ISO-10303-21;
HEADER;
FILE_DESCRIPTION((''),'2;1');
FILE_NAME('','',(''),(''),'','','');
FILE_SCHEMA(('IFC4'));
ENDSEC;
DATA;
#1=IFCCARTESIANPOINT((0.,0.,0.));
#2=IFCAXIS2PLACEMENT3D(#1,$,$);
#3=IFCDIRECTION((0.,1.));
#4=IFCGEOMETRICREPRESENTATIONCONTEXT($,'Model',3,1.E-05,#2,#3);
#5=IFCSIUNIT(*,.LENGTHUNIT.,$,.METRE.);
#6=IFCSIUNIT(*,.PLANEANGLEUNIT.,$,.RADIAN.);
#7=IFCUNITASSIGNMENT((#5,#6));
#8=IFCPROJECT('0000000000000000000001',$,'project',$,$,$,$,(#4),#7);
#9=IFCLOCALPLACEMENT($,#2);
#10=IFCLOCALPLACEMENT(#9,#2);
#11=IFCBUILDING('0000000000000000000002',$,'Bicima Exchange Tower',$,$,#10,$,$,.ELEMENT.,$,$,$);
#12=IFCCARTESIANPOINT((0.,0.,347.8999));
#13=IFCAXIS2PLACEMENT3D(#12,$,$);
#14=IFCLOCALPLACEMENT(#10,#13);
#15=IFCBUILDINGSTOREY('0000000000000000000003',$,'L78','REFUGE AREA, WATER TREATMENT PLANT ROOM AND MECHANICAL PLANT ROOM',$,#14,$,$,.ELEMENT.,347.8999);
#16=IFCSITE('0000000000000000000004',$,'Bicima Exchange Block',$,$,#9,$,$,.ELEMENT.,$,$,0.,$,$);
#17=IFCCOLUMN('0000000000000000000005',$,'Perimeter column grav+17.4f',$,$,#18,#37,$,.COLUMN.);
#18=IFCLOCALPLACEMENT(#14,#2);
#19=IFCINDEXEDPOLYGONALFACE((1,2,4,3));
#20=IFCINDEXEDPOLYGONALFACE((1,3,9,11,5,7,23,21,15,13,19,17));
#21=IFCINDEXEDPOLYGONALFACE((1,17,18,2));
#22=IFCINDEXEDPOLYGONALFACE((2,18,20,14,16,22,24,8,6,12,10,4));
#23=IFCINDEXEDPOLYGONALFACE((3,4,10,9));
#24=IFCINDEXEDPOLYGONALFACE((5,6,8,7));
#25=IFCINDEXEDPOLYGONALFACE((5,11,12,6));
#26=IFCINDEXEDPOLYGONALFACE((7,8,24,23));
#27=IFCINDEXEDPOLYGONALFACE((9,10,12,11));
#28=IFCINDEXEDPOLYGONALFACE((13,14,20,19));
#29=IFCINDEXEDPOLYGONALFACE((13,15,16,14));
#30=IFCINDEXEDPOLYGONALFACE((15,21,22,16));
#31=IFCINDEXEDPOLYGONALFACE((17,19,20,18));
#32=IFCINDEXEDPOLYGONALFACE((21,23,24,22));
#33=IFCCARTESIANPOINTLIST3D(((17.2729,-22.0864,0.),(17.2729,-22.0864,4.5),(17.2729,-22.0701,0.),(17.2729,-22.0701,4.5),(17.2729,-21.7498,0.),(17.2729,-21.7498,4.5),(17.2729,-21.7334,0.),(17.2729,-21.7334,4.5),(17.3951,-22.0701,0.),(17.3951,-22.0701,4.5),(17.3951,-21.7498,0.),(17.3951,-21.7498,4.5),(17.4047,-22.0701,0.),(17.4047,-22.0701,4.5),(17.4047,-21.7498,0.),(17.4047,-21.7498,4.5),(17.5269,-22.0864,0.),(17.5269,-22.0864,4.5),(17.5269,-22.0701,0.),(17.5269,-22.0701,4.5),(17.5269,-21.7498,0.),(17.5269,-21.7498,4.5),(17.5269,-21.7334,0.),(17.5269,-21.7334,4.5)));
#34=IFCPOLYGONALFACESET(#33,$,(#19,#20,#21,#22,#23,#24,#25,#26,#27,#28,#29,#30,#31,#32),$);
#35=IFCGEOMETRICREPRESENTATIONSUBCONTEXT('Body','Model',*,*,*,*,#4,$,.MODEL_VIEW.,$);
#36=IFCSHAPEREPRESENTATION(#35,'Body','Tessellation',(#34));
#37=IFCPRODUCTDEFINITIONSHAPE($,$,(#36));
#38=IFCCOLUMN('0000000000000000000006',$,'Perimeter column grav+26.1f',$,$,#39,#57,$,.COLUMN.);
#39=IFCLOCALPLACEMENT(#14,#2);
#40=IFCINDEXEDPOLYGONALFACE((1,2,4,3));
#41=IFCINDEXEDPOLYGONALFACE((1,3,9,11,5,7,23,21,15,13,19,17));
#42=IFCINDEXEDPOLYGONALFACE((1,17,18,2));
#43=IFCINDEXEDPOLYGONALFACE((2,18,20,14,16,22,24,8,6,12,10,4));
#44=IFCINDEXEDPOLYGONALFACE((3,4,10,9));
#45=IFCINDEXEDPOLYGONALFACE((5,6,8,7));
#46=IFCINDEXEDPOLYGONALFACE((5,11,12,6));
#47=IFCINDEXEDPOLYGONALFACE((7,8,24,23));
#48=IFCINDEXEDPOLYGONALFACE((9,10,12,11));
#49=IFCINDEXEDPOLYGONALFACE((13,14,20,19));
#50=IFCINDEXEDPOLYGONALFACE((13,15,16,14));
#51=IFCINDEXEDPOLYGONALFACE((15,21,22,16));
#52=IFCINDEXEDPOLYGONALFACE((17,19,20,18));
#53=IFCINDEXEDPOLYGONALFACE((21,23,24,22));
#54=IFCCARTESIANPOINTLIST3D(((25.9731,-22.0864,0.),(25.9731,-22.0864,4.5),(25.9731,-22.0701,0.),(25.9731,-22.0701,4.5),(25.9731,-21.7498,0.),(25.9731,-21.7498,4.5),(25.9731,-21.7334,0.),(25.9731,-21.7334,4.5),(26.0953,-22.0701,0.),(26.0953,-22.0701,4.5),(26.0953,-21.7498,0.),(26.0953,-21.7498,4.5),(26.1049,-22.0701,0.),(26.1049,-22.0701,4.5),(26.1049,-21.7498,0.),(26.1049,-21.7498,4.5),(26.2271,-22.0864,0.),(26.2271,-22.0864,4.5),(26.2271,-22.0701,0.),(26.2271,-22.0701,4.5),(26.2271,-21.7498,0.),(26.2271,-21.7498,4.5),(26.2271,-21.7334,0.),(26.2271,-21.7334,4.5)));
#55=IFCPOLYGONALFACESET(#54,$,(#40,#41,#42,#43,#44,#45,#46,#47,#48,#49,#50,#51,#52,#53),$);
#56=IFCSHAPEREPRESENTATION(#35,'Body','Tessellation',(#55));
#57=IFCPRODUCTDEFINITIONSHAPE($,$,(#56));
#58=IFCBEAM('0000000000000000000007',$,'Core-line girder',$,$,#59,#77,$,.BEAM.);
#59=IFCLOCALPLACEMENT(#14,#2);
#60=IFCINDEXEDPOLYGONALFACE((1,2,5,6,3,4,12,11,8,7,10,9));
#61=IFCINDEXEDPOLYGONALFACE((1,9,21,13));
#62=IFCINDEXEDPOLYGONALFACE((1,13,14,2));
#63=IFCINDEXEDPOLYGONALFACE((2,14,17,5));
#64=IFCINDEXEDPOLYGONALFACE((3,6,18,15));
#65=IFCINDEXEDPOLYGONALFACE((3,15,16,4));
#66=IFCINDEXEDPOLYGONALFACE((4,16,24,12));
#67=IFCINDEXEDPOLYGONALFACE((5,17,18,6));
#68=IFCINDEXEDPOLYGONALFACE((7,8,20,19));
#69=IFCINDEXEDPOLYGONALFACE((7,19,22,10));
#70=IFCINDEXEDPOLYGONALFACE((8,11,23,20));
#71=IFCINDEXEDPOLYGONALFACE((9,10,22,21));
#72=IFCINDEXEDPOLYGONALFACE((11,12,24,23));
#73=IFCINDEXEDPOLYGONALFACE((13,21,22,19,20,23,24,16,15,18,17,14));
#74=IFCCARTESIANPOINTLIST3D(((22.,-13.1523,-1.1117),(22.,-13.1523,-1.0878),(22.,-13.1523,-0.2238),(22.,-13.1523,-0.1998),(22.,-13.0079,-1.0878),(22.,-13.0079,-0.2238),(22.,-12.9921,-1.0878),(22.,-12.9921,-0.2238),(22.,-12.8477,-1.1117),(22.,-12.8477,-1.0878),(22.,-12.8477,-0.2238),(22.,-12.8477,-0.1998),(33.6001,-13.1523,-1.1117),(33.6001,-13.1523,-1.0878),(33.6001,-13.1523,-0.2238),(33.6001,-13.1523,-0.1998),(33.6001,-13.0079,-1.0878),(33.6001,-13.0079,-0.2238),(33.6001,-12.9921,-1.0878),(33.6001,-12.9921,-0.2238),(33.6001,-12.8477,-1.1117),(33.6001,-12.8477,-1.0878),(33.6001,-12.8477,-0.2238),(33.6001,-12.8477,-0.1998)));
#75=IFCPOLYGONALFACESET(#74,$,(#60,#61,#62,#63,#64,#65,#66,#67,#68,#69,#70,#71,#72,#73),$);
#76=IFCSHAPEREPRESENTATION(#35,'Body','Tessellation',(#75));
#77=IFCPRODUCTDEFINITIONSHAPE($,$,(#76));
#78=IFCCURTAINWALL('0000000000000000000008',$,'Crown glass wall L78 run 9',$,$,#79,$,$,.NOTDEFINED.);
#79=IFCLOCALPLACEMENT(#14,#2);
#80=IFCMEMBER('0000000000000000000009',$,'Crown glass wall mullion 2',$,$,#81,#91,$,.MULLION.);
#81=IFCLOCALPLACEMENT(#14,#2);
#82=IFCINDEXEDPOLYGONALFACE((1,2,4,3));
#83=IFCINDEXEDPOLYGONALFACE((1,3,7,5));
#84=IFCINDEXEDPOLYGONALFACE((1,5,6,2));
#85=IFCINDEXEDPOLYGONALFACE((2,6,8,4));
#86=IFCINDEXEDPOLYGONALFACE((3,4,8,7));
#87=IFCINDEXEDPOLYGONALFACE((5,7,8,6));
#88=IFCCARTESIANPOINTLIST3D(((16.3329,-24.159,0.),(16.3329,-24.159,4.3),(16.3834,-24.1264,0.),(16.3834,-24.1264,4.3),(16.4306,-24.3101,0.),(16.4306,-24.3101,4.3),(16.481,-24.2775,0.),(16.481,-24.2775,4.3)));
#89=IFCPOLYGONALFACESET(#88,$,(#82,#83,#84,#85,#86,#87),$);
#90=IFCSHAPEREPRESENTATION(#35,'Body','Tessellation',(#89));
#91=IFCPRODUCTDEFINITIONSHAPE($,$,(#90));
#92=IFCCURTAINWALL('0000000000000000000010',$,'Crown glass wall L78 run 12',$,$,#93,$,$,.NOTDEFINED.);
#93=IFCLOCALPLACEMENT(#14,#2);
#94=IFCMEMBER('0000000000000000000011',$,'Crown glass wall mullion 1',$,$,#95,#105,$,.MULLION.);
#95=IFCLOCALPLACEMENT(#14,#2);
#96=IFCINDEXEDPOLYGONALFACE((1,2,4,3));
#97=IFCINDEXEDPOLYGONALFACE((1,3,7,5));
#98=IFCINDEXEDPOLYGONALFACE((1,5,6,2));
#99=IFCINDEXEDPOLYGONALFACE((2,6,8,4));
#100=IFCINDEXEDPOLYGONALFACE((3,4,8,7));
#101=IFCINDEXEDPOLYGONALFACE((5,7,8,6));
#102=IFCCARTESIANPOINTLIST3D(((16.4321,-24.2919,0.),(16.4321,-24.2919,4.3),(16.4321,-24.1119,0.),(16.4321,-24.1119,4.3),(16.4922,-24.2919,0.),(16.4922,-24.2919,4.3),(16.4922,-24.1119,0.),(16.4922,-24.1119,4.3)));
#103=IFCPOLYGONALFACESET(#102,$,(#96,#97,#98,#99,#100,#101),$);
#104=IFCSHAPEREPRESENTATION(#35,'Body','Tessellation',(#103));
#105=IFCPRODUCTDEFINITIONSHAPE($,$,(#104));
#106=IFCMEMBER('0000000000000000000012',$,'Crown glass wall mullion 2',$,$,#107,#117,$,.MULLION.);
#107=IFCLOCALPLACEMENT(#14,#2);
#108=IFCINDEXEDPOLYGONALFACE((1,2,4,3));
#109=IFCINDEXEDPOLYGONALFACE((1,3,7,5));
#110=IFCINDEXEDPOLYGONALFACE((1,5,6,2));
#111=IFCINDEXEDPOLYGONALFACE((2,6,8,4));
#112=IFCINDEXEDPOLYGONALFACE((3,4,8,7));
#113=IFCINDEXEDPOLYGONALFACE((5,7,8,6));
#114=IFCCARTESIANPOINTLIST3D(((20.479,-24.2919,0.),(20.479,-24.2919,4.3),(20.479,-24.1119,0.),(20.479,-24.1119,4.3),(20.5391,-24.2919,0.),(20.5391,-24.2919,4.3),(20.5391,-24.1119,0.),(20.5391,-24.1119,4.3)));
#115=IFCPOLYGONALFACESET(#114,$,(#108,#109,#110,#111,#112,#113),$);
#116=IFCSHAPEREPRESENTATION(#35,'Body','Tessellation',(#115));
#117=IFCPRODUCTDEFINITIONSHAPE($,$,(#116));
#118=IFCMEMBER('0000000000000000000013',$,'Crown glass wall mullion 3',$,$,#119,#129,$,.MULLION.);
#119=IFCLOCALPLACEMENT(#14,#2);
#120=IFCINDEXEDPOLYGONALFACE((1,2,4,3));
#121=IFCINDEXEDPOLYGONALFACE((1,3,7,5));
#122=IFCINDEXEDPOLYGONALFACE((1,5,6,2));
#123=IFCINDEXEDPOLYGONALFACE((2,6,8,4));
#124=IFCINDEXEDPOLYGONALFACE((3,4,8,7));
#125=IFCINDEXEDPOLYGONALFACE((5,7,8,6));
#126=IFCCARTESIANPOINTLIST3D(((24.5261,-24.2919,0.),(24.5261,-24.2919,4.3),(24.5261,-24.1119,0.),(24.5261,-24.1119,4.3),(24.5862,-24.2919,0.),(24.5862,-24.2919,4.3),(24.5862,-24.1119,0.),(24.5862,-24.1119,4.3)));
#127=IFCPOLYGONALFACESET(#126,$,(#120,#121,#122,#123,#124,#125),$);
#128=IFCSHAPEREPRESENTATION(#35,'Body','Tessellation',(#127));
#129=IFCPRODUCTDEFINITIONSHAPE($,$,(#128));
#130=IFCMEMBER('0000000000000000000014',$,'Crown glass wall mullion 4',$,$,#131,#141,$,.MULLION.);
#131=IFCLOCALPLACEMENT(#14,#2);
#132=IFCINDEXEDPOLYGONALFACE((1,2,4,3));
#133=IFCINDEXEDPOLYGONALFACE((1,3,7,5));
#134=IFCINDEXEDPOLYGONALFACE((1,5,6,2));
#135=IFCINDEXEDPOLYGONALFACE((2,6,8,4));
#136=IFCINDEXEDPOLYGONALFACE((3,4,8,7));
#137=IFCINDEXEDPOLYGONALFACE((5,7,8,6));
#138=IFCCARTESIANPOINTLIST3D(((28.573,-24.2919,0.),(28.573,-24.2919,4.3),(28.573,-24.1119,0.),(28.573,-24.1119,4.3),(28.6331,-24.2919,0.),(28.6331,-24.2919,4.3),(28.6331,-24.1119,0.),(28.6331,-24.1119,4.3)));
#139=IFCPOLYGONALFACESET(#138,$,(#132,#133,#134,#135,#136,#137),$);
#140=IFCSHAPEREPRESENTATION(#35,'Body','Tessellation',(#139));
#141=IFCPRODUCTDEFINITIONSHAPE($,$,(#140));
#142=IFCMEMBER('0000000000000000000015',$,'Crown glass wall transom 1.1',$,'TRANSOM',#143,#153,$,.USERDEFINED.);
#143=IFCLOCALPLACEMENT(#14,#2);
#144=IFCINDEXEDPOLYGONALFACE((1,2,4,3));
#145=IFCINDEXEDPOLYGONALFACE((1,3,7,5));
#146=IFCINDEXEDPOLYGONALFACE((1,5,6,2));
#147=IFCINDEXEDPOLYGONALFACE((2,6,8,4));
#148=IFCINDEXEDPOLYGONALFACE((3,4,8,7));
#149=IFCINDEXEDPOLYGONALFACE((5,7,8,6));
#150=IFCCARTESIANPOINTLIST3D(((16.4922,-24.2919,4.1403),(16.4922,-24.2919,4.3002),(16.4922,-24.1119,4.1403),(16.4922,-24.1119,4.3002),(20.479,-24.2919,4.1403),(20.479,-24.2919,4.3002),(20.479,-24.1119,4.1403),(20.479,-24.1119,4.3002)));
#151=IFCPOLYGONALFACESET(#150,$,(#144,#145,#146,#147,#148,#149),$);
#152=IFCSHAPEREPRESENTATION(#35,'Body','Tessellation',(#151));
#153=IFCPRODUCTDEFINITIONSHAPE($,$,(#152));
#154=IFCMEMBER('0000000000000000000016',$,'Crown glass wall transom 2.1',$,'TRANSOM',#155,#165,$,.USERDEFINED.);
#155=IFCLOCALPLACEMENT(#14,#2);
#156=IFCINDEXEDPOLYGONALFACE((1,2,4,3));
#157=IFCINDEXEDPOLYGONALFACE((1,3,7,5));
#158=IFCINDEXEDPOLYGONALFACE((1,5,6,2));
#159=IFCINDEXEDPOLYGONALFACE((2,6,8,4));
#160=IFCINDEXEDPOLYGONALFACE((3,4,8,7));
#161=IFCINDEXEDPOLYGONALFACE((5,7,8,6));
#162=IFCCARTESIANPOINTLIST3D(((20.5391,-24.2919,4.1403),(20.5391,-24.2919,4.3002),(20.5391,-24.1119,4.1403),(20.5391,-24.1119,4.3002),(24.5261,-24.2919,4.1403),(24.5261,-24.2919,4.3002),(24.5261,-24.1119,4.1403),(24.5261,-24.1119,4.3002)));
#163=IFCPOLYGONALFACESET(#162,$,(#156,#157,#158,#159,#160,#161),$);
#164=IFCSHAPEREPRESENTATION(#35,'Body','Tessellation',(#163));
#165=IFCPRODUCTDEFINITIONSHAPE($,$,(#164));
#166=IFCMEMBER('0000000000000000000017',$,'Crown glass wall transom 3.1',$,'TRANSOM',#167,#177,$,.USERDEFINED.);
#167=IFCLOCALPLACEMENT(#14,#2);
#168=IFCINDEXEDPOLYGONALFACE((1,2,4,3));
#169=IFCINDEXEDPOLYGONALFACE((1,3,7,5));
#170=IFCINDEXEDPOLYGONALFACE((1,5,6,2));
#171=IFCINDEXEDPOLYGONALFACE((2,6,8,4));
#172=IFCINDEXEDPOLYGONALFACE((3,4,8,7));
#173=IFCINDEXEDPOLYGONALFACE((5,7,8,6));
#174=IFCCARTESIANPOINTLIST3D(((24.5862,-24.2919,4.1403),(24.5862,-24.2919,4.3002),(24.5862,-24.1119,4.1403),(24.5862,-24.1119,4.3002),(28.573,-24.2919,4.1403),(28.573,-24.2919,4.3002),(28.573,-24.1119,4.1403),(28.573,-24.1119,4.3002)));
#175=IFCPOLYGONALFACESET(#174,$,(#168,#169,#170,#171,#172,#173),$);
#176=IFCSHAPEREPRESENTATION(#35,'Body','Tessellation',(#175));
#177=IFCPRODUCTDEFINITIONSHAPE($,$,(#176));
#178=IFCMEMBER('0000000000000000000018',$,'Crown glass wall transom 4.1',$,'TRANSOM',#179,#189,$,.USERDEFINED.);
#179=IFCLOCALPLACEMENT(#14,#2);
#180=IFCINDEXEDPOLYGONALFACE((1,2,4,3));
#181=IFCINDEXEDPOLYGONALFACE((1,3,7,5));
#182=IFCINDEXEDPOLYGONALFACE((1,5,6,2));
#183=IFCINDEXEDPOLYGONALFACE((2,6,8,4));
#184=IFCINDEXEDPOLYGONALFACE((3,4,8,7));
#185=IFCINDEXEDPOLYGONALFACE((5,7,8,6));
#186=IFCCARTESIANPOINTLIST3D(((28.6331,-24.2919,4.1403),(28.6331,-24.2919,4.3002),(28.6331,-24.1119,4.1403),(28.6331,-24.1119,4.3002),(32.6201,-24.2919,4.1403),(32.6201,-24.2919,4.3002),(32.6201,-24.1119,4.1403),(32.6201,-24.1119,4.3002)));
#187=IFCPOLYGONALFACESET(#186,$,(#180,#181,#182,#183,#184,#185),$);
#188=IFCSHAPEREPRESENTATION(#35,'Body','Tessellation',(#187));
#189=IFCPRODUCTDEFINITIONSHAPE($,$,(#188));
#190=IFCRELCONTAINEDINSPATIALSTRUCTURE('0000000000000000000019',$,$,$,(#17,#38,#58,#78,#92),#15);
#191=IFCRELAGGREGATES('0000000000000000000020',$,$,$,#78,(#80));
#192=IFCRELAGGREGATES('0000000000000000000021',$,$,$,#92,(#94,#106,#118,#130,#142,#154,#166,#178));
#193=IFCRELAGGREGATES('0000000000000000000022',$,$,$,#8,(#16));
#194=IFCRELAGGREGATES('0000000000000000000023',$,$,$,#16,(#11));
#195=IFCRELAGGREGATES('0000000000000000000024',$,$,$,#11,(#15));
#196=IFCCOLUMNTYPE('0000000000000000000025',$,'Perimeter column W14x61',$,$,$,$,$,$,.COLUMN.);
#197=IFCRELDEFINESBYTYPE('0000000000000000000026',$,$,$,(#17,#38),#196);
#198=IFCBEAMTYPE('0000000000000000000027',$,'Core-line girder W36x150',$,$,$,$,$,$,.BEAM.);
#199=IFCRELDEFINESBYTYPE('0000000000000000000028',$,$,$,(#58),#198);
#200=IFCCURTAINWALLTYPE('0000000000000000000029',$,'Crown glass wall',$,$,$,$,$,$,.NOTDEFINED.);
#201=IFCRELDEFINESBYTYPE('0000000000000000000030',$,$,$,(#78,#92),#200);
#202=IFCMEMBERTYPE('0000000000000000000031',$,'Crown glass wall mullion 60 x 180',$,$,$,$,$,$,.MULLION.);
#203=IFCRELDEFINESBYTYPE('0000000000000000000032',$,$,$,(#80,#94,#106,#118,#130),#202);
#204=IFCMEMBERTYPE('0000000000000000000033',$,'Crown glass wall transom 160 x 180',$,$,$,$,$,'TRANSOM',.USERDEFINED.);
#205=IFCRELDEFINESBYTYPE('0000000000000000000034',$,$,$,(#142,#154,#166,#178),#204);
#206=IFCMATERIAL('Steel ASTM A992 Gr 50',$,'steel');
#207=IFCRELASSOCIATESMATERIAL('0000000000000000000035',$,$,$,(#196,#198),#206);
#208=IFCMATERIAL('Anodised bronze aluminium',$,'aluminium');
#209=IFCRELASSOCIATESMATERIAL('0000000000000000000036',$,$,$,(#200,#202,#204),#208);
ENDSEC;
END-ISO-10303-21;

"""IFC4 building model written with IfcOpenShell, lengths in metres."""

from ifc_helpers import new_model, si_unit, direction, frame, origin, origin_2d, place, context, subcontext, project, spatial, rectangle, i_section, extrude, material, material_profile, profile_set, type_object, element, aggregate, save


model = new_model("IFC4")

# Units and contexts
model_context = context("Model", 3, precision=1e-05, world=origin(), true_north=direction((0.0, 1.0)))
body_context = subcontext(model_context, "Body", "Model", "MODEL_VIEW")
ifc_project = project(units=[si_unit("LENGTHUNIT", "METRE"), si_unit("PLANEANGLEUNIT", "RADIAN")], contexts=[model_context])

# Site, building, storey
site_placement = place(None, origin())
site = spatial("IfcSite", under=ifc_project, at=site_placement, Name="Bicima Exchange Block", CompositionType="ELEMENT", RefElevation=0.0)
building_placement = place(site_placement, origin())
building = spatial("IfcBuilding", under=site, at=building_placement, Name="Bicima Exchange Tower", CompositionType="ELEMENT")
storey_placement = place(building_placement, frame((0.0, 0.0, 347.8999)))
storey = spatial("IfcBuildingStorey", under=building, at=storey_placement, Name="L78", Description="REFUGE AREA, WATER TREATMENT PLANT ROOM AND MECHANICAL PLANT ROOM", CompositionType="ELEMENT", Elevation=347.8999)

# Columns
ifc_material_1 = material(Name="Steel ASTM A992 Gr 50", Category="steel")
ifc_material_profile_1 = material_profile(ifc_material_1, i_section(OverallWidth=0.2539, OverallDepth=0.353, WebThickness=0.0095, FlangeThickness=0.0164, at=origin_2d()))
ifc_profile_set_1 = profile_set([ifc_material_profile_1], Name="Steel ASTM A992 Gr 50")
column_type = type_object("IfcColumnType", Name="Perimeter column W14x61", PredefinedType="COLUMN", material=ifc_profile_set_1)
for number, where, z_axis, x_axis, name in (
    (1, (17.3999, -21.9099, 0.0), (0.0, 0.0, 1.0), (1.0, 0.0, 0.0), "Perimeter column grav+17.4f"),
    (2, (26.1001, -21.9099, 0.0), (0.0, 0.0, 1.0), (1.0, 0.0, 0.0), "Perimeter column grav+26.1f"),
):
    element("IfcColumn", number, at=place(storey_placement, frame(where, z_axis=z_axis, x_axis=x_axis)), inside=storey, type_object=column_type, Name=name, PredefinedType="COLUMN", context=body_context, shape_type="SweptSolid", body=[
        extrude(i_section(OverallWidth=0.2539, OverallDepth=0.353, WebThickness=0.0095, FlangeThickness=0.0164, at=origin_2d()), origin(), (0.0, 0.0, 1.0), 4.5),
    ])

# Beam
ifc_material_profile_2 = material_profile(ifc_material_1, i_section(OverallWidth=0.3047, OverallDepth=0.9119, WebThickness=0.0159, FlangeThickness=0.0239, at=origin_2d()))
ifc_profile_set_2 = profile_set([ifc_material_profile_2], Name="Steel ASTM A992 Gr 50")
beam_type_1 = type_object("IfcBeamType", Name="Core-line girder W36x150", PredefinedType="BEAM", material=ifc_profile_set_2)
beam_1_placement = place(storey_placement, frame((22.0, -13.0, -0.6558), z_axis=(1.0, 0.0, 0.0), x_axis=(0.0, 1.0, 0.0)))
element("IfcBeam", 3, at=beam_1_placement, inside=storey, type_object=beam_type_1, Name="Core-line girder", PredefinedType="BEAM", context=body_context, shape_type="SweptSolid", body=[
    extrude(i_section(OverallWidth=0.3047, OverallDepth=0.9119, WebThickness=0.0159, FlangeThickness=0.0239, at=origin_2d()), origin(), (0.0, 0.0, 1.0), 11.6001),
])

# Curtain wall, member
ifc_material_2 = material(Name="Anodised bronze aluminium", Category="aluminium")
curtain_wall_type = type_object("IfcCurtainWallType", Name="Crown glass wall", PredefinedType="NOTDEFINED", material=ifc_material_2)
curtain_wall_1_placement = place(storey_placement, origin())
curtain_wall_1 = element("IfcCurtainWall", 4, at=curtain_wall_1_placement, inside=storey, type_object=curtain_wall_type, Name="Crown glass wall L78 run 9", PredefinedType="NOTDEFINED")
ifc_material_profile_3 = material_profile(ifc_material_2, rectangle(XDim=0.1799, YDim=0.0601, at=origin_2d()))
ifc_profile_set_3 = profile_set([ifc_material_profile_3], Name="Anodised bronze aluminium")
member_type_1 = type_object("IfcMemberType", Name="Crown glass wall mullion 60 x 180", PredefinedType="MULLION", material=ifc_profile_set_3)
member_1_placement = place(storey_placement, frame((16.407, -24.2183, 0.0), z_axis=(0.0, 0.0, 1.0), x_axis=(-0.542911, 0.83979, 0.0)))
member_1 = element("IfcMember", 5, at=member_1_placement, type_object=member_type_1, Name="Crown glass wall mullion 2", PredefinedType="MULLION", context=body_context, shape_type="SweptSolid", body=[
    extrude(rectangle(XDim=0.1799, YDim=0.0601, at=origin_2d()), origin(), (0.0, 0.0, 1.0), 4.3),
])

# Curtain wall, members
curtain_wall_2_placement = place(storey_placement, origin())
curtain_wall_2 = element("IfcCurtainWall", 6, at=curtain_wall_2_placement, inside=storey, type_object=curtain_wall_type, Name="Crown glass wall L78 run 12", PredefinedType="NOTDEFINED")
member_2_placement = place(storey_placement, frame((16.4622, -24.2019, 0.0), z_axis=(0.0, 0.0, 1.0), x_axis=(0.0, 1.0, 0.0)))
member_2 = element("IfcMember", 7, at=member_2_placement, type_object=member_type_1, Name="Crown glass wall mullion 1", PredefinedType="MULLION", context=body_context, shape_type="SweptSolid", body=[
    extrude(rectangle(XDim=0.1799, YDim=0.0601, at=origin_2d()), origin(), (0.0, 0.0, 1.0), 4.3),
])
member_3_placement = place(storey_placement, frame((20.509, -24.2019, 0.0), z_axis=(0.0, 0.0, 1.0), x_axis=(0.0, 1.0, 0.0)))
member_3 = element("IfcMember", 8, at=member_3_placement, type_object=member_type_1, Name="Crown glass wall mullion 2", PredefinedType="MULLION", context=body_context, shape_type="SweptSolid", body=[
    extrude(rectangle(XDim=0.1799, YDim=0.0601, at=origin_2d()), origin(), (0.0, 0.0, 1.0), 4.3),
])
member_4_placement = place(storey_placement, frame((24.5562, -24.2019, 0.0), z_axis=(0.0, 0.0, 1.0), x_axis=(0.0, 1.0, 0.0)))
member_4 = element("IfcMember", 9, at=member_4_placement, type_object=member_type_1, Name="Crown glass wall mullion 3", PredefinedType="MULLION", context=body_context, shape_type="SweptSolid", body=[
    extrude(rectangle(XDim=0.1799, YDim=0.0601, at=origin_2d()), origin(), (0.0, 0.0, 1.0), 4.3),
])
member_5_placement = place(storey_placement, frame((28.603, -24.2019, 0.0), z_axis=(0.0, 0.0, 1.0), x_axis=(0.0, 1.0, 0.0)))
member_5 = element("IfcMember", 10, at=member_5_placement, type_object=member_type_1, Name="Crown glass wall mullion 4", PredefinedType="MULLION", context=body_context, shape_type="SweptSolid", body=[
    extrude(rectangle(XDim=0.1799, YDim=0.0601, at=origin_2d()), origin(), (0.0, 0.0, 1.0), 4.3),
])
ifc_material_profile_4 = material_profile(ifc_material_2, rectangle(XDim=0.1799, YDim=0.1599, at=origin_2d()))
ifc_profile_set_4 = profile_set([ifc_material_profile_4], Name="Anodised bronze aluminium")
member_type_2 = type_object("IfcMemberType", Name="Crown glass wall transom 160 x 180", ElementType="TRANSOM", PredefinedType="USERDEFINED", material=ifc_profile_set_4)
member_6_placement = place(storey_placement, frame((16.4922, -24.2019, 4.2202), z_axis=(1.0, 0.0, 0.0), x_axis=(0.0, 1.0, 0.0)))
member_6 = element("IfcMember", 11, at=member_6_placement, type_object=member_type_2, Name="Crown glass wall transom 1.1", ObjectType="TRANSOM", PredefinedType="USERDEFINED", context=body_context, shape_type="SweptSolid", body=[
    extrude(rectangle(XDim=0.1799, YDim=0.1599, at=origin_2d()), origin(), (0.0, 0.0, 1.0), 3.9868),
])
member_7_placement = place(storey_placement, frame((20.5391, -24.2019, 4.2202), z_axis=(1.0, 0.0, 0.0), x_axis=(0.0, 1.0, 0.0)))
member_7 = element("IfcMember", 12, at=member_7_placement, type_object=member_type_2, Name="Crown glass wall transom 2.1", ObjectType="TRANSOM", PredefinedType="USERDEFINED", context=body_context, shape_type="SweptSolid", body=[
    extrude(rectangle(XDim=0.1799, YDim=0.1599, at=origin_2d()), origin(), (0.0, 0.0, 1.0), 3.9871),
])
member_8_placement = place(storey_placement, frame((24.5862, -24.2019, 4.2202), z_axis=(1.0, 0.0, 0.0), x_axis=(0.0, 1.0, 0.0)))
member_8 = element("IfcMember", 13, at=member_8_placement, type_object=member_type_2, Name="Crown glass wall transom 3.1", ObjectType="TRANSOM", PredefinedType="USERDEFINED", context=body_context, shape_type="SweptSolid", body=[
    extrude(rectangle(XDim=0.1799, YDim=0.1599, at=origin_2d()), origin(), (0.0, 0.0, 1.0), 3.9868),
])
member_9_placement = place(storey_placement, frame((28.6331, -24.2019, 4.2202), z_axis=(1.0, 0.0, 0.0), x_axis=(0.0, 1.0, 0.0)))
member_9 = element("IfcMember", 14, at=member_9_placement, type_object=member_type_2, Name="Crown glass wall transom 4.1", ObjectType="TRANSOM", PredefinedType="USERDEFINED", context=body_context, shape_type="SweptSolid", body=[
    extrude(rectangle(XDim=0.1799, YDim=0.1599, at=origin_2d()), origin(), (0.0, 0.0, 1.0), 3.9871),
])

aggregate(curtain_wall_1, [member_1])
aggregate(curtain_wall_2, [member_2, member_3, member_4, member_5, member_6, member_7, member_8, member_9])

save(model, "model.ifc")
